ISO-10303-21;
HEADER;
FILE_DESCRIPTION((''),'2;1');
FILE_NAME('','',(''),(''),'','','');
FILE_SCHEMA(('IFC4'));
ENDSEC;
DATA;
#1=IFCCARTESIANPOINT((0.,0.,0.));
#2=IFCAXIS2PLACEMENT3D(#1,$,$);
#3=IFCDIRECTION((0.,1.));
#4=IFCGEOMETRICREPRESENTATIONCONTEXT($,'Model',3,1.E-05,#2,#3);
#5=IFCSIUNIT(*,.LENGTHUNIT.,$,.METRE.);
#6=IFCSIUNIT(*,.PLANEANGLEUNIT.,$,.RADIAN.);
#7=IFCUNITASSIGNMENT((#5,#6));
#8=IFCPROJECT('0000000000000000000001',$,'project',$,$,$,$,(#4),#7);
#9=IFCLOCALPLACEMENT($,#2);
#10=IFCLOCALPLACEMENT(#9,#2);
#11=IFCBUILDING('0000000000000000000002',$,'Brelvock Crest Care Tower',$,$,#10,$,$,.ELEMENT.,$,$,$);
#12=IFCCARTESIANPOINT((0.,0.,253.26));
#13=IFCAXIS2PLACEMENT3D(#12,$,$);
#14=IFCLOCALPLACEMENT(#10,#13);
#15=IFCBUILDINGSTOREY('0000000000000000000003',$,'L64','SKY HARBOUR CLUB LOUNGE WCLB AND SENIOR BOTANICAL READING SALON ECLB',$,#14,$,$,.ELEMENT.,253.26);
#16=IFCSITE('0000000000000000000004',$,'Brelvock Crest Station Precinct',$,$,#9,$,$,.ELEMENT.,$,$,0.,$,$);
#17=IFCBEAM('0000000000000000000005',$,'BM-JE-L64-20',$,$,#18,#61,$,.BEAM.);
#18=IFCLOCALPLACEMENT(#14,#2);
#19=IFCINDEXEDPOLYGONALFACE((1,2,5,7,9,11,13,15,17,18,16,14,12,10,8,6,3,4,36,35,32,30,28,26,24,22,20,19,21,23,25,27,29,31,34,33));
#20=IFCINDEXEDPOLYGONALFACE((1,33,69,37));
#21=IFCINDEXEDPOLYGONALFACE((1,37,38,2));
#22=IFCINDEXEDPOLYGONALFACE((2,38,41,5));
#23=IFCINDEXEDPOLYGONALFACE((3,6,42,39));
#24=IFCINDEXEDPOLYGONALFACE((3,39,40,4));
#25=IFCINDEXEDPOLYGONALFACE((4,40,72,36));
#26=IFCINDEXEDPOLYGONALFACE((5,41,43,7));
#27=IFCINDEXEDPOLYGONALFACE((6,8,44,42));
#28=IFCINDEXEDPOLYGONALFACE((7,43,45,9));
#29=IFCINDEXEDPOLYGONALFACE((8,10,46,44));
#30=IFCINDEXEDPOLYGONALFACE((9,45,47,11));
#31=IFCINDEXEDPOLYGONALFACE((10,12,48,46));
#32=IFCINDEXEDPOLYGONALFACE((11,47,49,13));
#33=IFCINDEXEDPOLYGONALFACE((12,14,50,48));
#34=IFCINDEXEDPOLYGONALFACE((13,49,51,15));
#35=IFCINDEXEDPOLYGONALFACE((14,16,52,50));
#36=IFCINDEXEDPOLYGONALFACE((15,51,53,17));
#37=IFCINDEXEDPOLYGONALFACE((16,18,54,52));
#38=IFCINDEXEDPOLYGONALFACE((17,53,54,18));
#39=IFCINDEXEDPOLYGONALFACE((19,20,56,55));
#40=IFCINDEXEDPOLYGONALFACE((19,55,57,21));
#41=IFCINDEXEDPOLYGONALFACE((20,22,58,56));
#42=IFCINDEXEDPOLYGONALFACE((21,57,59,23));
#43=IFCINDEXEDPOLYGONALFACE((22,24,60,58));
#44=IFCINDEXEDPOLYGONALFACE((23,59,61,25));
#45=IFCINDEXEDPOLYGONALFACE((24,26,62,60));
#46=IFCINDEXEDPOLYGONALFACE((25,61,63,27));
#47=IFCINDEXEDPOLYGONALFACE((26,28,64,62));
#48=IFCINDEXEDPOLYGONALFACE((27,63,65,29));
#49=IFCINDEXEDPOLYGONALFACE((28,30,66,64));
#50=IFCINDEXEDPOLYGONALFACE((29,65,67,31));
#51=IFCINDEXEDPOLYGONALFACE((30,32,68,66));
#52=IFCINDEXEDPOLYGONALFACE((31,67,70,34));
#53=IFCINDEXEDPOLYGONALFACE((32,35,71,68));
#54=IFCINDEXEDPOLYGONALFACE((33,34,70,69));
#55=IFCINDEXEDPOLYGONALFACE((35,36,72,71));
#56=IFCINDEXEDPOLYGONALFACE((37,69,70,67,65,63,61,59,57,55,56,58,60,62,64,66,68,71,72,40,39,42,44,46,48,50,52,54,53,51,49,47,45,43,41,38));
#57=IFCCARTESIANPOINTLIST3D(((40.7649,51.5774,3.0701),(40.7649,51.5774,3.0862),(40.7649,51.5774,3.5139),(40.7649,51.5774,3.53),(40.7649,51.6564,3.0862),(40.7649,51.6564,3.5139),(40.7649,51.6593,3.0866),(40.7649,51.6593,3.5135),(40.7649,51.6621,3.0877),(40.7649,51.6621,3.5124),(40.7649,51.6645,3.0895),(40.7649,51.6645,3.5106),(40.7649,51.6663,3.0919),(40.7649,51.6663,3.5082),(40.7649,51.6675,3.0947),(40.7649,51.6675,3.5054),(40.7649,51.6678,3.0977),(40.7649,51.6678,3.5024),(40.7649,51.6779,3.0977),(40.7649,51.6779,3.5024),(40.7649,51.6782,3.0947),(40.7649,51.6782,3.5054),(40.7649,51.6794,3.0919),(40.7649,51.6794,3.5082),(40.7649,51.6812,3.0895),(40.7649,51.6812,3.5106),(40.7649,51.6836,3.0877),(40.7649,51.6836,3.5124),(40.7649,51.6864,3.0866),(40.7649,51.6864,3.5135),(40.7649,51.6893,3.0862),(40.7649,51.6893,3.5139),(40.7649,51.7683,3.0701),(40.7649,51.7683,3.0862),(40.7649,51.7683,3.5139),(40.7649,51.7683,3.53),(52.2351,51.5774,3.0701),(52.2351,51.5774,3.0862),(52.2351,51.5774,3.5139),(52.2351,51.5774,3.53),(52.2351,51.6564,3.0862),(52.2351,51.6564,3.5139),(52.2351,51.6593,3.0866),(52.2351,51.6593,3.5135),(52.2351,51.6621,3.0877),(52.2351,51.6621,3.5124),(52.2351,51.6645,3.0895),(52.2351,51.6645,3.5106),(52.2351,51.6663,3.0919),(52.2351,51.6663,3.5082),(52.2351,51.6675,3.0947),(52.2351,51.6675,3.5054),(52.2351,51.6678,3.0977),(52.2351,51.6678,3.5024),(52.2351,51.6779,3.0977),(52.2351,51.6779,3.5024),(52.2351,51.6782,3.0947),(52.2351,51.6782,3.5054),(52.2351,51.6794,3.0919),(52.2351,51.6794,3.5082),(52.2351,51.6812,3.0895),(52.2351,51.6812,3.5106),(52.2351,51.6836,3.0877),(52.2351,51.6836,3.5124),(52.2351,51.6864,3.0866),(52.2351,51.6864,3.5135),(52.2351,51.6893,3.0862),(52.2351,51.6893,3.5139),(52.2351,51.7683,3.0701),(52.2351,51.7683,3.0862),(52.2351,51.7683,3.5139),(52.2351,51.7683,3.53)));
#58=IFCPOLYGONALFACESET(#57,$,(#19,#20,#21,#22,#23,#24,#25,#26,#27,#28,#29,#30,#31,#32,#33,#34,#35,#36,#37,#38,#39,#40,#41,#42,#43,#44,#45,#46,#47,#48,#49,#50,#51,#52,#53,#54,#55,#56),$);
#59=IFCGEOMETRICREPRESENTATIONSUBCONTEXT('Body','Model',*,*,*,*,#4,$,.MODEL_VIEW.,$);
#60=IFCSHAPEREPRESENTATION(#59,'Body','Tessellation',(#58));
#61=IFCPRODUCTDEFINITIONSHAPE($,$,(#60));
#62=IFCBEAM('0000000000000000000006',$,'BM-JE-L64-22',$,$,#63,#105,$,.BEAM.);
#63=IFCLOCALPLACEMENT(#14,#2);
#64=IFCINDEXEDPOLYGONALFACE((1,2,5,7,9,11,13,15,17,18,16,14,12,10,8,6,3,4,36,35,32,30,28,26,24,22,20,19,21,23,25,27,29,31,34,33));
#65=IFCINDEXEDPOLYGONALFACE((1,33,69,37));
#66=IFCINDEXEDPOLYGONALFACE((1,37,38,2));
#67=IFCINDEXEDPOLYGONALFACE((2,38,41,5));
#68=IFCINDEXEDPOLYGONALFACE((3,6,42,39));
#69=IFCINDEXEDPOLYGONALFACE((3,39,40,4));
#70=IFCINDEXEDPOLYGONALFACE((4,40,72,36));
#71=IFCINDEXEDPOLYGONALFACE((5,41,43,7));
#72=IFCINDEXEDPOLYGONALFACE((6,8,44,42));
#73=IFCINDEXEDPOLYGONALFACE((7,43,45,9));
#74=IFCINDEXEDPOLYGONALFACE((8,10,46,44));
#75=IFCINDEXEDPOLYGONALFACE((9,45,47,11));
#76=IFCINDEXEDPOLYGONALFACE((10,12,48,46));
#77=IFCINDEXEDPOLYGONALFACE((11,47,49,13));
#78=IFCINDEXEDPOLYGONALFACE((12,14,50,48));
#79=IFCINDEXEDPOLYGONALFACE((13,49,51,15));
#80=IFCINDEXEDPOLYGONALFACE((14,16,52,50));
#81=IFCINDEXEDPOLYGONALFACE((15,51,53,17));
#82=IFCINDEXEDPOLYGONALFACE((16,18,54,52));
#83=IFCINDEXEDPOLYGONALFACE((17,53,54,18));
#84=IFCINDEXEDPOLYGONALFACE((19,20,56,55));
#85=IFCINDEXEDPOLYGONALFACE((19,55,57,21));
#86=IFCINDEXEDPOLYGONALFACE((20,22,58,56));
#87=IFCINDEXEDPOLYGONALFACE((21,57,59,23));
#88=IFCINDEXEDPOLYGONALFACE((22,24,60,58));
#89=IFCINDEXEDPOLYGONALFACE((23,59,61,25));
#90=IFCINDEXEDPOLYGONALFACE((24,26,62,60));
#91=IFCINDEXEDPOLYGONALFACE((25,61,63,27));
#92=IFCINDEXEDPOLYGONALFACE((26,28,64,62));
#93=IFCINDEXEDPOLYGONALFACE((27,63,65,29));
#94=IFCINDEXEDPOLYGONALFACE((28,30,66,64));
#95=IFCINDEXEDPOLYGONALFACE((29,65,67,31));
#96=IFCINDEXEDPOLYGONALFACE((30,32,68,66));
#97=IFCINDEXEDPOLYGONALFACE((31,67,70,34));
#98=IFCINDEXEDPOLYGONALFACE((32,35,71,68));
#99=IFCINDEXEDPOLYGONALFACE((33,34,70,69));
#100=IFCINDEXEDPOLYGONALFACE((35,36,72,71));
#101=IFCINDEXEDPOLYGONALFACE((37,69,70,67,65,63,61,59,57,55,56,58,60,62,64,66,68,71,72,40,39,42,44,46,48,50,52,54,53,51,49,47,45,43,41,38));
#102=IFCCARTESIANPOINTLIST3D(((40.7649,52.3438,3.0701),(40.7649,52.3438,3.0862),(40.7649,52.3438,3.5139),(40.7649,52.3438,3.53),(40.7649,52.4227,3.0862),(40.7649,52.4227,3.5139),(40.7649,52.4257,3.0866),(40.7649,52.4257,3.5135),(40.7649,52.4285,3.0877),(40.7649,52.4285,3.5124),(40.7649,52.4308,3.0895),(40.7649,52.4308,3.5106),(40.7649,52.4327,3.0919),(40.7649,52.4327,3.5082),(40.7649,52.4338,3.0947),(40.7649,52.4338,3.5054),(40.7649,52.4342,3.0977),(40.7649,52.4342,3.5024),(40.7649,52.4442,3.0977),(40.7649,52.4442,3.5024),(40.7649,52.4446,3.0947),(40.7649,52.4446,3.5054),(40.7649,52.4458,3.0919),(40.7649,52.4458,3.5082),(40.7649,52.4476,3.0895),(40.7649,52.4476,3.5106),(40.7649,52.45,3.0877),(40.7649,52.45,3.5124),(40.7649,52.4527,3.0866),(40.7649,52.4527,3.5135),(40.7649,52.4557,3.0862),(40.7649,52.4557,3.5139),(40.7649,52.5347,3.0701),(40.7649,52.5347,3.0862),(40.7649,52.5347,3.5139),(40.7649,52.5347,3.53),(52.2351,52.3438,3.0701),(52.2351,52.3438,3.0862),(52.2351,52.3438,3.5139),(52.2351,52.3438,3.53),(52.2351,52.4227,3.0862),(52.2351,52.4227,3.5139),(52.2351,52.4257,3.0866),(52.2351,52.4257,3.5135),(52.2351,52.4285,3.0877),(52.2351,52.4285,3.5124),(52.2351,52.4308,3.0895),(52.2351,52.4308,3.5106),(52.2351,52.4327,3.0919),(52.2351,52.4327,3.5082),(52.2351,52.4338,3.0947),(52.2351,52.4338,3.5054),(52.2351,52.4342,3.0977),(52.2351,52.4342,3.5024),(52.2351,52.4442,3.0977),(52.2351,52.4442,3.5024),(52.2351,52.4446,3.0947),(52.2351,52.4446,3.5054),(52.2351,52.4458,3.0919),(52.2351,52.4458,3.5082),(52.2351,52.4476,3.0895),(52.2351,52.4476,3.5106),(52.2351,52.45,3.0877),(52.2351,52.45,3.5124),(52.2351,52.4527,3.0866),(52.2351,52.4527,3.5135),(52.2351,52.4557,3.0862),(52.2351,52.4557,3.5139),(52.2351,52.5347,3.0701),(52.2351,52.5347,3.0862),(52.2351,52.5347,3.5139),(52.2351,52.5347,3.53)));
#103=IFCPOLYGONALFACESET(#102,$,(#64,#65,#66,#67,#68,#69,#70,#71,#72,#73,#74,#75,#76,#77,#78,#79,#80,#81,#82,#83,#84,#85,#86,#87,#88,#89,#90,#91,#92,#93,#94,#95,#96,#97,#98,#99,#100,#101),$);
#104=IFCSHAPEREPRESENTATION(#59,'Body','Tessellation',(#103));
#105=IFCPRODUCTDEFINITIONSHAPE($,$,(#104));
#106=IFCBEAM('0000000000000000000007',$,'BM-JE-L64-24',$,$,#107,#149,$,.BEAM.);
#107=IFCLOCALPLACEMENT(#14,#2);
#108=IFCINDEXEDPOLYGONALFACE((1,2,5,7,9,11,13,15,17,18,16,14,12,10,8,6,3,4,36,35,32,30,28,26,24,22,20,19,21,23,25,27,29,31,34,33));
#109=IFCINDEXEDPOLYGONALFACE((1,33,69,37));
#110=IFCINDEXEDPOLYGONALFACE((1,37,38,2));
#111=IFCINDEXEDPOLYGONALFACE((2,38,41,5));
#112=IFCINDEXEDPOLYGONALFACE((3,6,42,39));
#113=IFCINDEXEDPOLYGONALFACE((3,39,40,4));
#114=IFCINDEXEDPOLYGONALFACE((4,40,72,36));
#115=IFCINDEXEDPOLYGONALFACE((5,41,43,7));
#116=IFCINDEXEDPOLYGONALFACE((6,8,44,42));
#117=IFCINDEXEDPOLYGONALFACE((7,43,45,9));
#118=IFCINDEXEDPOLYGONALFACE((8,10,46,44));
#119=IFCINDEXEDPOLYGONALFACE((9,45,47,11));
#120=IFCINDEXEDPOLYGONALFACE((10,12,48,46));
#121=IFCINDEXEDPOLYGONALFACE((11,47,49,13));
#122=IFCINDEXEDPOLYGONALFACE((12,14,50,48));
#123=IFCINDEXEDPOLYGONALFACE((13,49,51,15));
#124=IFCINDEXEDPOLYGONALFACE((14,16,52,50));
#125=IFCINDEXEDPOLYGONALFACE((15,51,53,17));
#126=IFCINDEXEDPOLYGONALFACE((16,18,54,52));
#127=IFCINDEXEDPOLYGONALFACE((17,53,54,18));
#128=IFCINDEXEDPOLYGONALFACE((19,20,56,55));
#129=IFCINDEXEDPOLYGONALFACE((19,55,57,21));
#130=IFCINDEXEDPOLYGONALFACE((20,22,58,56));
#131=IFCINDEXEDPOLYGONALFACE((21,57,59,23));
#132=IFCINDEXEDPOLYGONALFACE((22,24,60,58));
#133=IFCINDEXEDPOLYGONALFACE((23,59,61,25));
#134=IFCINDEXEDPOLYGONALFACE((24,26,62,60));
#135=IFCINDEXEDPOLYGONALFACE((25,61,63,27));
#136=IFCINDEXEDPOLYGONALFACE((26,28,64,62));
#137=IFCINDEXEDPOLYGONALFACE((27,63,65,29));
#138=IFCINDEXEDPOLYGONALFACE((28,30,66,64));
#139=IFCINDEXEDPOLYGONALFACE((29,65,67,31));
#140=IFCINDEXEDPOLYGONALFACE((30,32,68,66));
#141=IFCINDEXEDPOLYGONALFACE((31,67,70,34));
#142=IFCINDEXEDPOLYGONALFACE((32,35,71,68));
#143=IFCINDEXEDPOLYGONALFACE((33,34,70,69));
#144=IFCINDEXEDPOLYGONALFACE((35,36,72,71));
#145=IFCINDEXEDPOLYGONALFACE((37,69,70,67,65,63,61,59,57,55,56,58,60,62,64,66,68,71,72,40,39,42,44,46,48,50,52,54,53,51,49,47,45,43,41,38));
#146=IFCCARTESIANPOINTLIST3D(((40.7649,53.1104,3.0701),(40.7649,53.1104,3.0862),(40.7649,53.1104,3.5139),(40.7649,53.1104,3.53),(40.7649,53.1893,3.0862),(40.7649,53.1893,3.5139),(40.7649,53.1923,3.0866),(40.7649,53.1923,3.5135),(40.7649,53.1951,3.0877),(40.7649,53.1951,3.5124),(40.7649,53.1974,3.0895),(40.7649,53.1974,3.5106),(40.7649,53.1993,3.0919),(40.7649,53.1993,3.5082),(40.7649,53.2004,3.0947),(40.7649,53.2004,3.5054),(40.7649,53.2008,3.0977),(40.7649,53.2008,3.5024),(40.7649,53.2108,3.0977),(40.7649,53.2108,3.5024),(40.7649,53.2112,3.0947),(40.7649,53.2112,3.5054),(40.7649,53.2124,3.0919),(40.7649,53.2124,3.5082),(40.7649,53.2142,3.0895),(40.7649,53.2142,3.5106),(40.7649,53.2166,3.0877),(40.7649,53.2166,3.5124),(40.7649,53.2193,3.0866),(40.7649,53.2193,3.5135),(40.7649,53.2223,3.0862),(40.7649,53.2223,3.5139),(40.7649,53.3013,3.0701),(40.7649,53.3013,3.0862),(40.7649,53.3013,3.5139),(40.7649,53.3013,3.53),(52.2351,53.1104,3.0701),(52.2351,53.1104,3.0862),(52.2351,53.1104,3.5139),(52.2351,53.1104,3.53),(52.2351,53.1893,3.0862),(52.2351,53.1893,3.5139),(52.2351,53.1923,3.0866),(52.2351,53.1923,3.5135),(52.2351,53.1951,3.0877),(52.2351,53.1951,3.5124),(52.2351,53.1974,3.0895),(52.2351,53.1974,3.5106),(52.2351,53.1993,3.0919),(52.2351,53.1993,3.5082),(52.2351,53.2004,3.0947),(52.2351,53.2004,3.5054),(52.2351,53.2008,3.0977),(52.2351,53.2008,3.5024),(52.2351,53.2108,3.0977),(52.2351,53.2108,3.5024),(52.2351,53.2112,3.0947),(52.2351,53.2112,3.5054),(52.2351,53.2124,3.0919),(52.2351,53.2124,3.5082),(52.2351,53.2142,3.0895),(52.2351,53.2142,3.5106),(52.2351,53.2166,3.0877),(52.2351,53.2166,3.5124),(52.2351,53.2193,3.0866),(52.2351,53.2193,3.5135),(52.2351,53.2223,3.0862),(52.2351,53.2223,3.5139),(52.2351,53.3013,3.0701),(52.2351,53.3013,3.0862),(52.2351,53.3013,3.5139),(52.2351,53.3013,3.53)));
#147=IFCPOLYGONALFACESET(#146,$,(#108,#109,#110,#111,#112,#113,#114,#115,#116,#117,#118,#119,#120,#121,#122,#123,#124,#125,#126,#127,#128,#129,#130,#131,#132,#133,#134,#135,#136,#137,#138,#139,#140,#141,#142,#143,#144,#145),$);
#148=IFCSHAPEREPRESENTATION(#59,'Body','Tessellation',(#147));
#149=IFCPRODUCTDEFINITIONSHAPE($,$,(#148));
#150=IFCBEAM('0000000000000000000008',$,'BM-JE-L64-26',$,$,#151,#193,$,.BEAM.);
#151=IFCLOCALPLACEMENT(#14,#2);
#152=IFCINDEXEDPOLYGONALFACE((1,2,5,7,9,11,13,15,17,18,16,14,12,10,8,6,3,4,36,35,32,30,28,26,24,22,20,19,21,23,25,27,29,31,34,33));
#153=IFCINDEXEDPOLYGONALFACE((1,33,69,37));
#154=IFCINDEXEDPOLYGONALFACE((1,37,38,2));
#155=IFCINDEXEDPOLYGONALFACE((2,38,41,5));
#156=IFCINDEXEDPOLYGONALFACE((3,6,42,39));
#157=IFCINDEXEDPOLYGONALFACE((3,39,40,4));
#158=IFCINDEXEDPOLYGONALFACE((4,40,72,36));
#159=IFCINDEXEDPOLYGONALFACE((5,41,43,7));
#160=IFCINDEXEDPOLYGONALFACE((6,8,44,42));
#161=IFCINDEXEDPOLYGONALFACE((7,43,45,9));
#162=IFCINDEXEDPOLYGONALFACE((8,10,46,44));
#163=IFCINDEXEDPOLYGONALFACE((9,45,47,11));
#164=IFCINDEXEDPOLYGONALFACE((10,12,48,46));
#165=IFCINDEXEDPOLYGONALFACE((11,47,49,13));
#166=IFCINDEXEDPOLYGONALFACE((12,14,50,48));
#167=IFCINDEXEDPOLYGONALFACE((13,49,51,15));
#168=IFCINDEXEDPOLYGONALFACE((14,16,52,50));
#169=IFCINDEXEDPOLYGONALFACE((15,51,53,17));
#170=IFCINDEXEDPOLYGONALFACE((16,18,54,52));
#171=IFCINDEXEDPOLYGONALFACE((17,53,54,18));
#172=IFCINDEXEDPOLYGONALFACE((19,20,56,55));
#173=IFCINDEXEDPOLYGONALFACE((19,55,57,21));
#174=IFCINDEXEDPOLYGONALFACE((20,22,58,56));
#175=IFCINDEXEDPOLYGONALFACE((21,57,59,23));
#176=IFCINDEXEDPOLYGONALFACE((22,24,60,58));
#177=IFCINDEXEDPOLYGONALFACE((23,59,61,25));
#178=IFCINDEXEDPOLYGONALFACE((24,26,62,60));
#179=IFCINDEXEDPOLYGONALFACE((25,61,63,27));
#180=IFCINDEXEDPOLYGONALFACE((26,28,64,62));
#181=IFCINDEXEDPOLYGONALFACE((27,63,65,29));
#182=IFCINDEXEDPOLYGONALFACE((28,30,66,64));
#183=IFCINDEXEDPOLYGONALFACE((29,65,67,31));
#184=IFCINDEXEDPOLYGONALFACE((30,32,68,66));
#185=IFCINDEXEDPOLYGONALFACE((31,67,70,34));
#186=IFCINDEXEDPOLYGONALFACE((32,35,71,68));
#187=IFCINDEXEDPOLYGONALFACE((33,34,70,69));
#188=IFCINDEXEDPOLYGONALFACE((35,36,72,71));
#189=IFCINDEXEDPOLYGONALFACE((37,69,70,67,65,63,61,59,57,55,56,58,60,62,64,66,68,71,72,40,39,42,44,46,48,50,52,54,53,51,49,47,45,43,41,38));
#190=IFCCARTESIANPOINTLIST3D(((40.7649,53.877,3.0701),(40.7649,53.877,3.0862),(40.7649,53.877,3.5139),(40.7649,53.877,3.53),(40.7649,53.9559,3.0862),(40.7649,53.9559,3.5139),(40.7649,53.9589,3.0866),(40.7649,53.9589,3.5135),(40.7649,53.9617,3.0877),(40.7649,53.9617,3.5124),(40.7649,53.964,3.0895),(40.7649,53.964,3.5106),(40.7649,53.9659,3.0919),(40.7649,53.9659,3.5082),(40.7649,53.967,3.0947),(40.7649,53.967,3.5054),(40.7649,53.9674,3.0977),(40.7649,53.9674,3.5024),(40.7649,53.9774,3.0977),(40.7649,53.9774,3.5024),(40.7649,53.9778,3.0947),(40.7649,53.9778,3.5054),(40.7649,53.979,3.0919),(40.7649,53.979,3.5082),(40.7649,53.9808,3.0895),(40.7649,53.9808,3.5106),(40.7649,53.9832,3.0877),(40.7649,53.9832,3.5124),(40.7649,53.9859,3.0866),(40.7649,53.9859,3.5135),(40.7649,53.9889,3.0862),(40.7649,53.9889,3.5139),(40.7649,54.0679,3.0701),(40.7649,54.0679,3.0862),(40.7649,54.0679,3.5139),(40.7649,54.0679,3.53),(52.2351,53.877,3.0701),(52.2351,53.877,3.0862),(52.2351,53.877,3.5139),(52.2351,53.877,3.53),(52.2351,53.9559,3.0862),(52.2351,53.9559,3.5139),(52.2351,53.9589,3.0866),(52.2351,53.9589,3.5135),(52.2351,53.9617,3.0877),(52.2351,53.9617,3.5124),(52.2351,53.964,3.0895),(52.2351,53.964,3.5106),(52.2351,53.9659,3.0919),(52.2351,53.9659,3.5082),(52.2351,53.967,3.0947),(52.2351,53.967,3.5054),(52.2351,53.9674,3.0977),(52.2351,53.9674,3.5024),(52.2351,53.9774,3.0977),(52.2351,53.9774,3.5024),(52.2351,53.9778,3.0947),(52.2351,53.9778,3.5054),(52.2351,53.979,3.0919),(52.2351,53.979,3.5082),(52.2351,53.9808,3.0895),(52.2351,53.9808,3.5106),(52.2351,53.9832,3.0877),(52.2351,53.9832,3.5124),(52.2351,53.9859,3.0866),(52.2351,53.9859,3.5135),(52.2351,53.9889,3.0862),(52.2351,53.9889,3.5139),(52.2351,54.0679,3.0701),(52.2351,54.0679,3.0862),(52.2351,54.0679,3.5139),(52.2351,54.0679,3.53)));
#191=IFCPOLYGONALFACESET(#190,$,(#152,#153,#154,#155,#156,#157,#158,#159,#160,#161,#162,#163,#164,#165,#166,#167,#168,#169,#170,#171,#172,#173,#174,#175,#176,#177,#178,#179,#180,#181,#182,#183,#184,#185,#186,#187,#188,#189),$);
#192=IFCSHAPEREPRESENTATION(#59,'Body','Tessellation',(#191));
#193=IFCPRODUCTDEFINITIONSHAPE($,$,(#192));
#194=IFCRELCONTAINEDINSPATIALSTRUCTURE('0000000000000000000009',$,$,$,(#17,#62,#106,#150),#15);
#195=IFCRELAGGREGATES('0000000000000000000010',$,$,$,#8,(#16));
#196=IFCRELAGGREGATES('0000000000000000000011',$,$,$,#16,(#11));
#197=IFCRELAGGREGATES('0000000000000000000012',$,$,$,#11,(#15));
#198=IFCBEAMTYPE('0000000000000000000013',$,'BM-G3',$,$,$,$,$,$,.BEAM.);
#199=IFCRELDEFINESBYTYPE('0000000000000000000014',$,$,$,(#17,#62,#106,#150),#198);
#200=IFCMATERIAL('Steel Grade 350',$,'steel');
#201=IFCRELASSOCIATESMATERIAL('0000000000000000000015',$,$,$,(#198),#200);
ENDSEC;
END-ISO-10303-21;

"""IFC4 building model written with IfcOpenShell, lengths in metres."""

from ifc_helpers import new_model, si_unit, direction, frame, origin, origin_2d, place, context, subcontext, project, spatial, i_section, extrude, source, transform, mapped, material, material_profile, profile_set, type_object, element, save


model = new_model("IFC4")

# Units and contexts
model_context = context("Model", 3, precision=1e-05, world=origin(), true_north=direction((0.0, 1.0)))
body_context = subcontext(model_context, "Body", "Model", "MODEL_VIEW")
ifc_project = project(units=[si_unit("LENGTHUNIT", "METRE"), si_unit("PLANEANGLEUNIT", "RADIAN")], contexts=[model_context])

# Site, building, storey
site_placement = place(None, origin())
site = spatial("IfcSite", under=ifc_project, at=site_placement, Name="Brelvock Crest Station Precinct", CompositionType="ELEMENT", RefElevation=0.0)
building_placement = place(site_placement, origin())
building = spatial("IfcBuilding", under=site, at=building_placement, Name="Brelvock Crest Care Tower", CompositionType="ELEMENT")
storey_placement = place(building_placement, frame((0.0, 0.0, 253.26)))
storey = spatial("IfcBuildingStorey", under=building, at=storey_placement, Name="L64", Description="SKY HARBOUR CLUB LOUNGE WCLB AND SENIOR BOTANICAL READING SALON ECLB", CompositionType="ELEMENT", Elevation=253.26)

# Shared definitions
ifc_material_1 = material(Name="Steel Grade 350", Category="steel")

# Beams
ifc_material_profile_1 = material_profile(ifc_material_1, i_section(OverallWidth=0.1909, OverallDepth=0.46, WebThickness=0.01, FlangeThickness=0.0161, FilletRadius=0.0115, at=origin_2d()), Name="460UB82.1")
ifc_profile_set_1 = profile_set([ifc_material_profile_1], Name="Steel Grade 350")
beam_type_1 = type_object("IfcBeamType", Name="BM-G3", PredefinedType="BEAM", material=ifc_profile_set_1)
shared_shape_1 = source(origin(), body_context, "Body", "SweptSolid", [
    extrude(i_section(OverallWidth=0.1909, OverallDepth=0.46, WebThickness=0.01, FlangeThickness=0.0161, FilletRadius=0.0115, at=origin_2d()), origin(), (0.0, 0.0, 1.0), 11.4702),
])
for number, where, z_axis, x_axis, name in (
    (1, (40.7649, 51.6729, 3.3), (1.0, 0.0, 0.0), (0.0, 1.0, 0.0), "BM-JE-L64-20"),
    (2, (40.7649, 52.4392, 3.3), (1.0, 0.0, 0.0), (0.0, 1.0, 0.0), "BM-JE-L64-22"),
    (3, (40.7649, 53.2058, 3.3), (1.0, 0.0, 0.0), (0.0, 1.0, 0.0), "BM-JE-L64-24"),
    (4, (40.7649, 53.9724, 3.3), (1.0, 0.0, 0.0), (0.0, 1.0, 0.0), "BM-JE-L64-26"),
):
    element("IfcBeam", number, at=place(storey_placement, frame(where, z_axis=z_axis, x_axis=x_axis)), inside=storey, type_object=beam_type_1, Name=name, PredefinedType="BEAM", context=body_context, shape_type="MappedRepresentation", body=[
        mapped(shared_shape_1, transform((0.0, 0.0, 0.0), x_axis=(1.0, 0.0, 0.0), y_axis=(0.0, 1.0, 0.0), z_axis=(0.0, 0.0, 1.0), scale=1.0)),
    ])

save(model, "model.ifc")
